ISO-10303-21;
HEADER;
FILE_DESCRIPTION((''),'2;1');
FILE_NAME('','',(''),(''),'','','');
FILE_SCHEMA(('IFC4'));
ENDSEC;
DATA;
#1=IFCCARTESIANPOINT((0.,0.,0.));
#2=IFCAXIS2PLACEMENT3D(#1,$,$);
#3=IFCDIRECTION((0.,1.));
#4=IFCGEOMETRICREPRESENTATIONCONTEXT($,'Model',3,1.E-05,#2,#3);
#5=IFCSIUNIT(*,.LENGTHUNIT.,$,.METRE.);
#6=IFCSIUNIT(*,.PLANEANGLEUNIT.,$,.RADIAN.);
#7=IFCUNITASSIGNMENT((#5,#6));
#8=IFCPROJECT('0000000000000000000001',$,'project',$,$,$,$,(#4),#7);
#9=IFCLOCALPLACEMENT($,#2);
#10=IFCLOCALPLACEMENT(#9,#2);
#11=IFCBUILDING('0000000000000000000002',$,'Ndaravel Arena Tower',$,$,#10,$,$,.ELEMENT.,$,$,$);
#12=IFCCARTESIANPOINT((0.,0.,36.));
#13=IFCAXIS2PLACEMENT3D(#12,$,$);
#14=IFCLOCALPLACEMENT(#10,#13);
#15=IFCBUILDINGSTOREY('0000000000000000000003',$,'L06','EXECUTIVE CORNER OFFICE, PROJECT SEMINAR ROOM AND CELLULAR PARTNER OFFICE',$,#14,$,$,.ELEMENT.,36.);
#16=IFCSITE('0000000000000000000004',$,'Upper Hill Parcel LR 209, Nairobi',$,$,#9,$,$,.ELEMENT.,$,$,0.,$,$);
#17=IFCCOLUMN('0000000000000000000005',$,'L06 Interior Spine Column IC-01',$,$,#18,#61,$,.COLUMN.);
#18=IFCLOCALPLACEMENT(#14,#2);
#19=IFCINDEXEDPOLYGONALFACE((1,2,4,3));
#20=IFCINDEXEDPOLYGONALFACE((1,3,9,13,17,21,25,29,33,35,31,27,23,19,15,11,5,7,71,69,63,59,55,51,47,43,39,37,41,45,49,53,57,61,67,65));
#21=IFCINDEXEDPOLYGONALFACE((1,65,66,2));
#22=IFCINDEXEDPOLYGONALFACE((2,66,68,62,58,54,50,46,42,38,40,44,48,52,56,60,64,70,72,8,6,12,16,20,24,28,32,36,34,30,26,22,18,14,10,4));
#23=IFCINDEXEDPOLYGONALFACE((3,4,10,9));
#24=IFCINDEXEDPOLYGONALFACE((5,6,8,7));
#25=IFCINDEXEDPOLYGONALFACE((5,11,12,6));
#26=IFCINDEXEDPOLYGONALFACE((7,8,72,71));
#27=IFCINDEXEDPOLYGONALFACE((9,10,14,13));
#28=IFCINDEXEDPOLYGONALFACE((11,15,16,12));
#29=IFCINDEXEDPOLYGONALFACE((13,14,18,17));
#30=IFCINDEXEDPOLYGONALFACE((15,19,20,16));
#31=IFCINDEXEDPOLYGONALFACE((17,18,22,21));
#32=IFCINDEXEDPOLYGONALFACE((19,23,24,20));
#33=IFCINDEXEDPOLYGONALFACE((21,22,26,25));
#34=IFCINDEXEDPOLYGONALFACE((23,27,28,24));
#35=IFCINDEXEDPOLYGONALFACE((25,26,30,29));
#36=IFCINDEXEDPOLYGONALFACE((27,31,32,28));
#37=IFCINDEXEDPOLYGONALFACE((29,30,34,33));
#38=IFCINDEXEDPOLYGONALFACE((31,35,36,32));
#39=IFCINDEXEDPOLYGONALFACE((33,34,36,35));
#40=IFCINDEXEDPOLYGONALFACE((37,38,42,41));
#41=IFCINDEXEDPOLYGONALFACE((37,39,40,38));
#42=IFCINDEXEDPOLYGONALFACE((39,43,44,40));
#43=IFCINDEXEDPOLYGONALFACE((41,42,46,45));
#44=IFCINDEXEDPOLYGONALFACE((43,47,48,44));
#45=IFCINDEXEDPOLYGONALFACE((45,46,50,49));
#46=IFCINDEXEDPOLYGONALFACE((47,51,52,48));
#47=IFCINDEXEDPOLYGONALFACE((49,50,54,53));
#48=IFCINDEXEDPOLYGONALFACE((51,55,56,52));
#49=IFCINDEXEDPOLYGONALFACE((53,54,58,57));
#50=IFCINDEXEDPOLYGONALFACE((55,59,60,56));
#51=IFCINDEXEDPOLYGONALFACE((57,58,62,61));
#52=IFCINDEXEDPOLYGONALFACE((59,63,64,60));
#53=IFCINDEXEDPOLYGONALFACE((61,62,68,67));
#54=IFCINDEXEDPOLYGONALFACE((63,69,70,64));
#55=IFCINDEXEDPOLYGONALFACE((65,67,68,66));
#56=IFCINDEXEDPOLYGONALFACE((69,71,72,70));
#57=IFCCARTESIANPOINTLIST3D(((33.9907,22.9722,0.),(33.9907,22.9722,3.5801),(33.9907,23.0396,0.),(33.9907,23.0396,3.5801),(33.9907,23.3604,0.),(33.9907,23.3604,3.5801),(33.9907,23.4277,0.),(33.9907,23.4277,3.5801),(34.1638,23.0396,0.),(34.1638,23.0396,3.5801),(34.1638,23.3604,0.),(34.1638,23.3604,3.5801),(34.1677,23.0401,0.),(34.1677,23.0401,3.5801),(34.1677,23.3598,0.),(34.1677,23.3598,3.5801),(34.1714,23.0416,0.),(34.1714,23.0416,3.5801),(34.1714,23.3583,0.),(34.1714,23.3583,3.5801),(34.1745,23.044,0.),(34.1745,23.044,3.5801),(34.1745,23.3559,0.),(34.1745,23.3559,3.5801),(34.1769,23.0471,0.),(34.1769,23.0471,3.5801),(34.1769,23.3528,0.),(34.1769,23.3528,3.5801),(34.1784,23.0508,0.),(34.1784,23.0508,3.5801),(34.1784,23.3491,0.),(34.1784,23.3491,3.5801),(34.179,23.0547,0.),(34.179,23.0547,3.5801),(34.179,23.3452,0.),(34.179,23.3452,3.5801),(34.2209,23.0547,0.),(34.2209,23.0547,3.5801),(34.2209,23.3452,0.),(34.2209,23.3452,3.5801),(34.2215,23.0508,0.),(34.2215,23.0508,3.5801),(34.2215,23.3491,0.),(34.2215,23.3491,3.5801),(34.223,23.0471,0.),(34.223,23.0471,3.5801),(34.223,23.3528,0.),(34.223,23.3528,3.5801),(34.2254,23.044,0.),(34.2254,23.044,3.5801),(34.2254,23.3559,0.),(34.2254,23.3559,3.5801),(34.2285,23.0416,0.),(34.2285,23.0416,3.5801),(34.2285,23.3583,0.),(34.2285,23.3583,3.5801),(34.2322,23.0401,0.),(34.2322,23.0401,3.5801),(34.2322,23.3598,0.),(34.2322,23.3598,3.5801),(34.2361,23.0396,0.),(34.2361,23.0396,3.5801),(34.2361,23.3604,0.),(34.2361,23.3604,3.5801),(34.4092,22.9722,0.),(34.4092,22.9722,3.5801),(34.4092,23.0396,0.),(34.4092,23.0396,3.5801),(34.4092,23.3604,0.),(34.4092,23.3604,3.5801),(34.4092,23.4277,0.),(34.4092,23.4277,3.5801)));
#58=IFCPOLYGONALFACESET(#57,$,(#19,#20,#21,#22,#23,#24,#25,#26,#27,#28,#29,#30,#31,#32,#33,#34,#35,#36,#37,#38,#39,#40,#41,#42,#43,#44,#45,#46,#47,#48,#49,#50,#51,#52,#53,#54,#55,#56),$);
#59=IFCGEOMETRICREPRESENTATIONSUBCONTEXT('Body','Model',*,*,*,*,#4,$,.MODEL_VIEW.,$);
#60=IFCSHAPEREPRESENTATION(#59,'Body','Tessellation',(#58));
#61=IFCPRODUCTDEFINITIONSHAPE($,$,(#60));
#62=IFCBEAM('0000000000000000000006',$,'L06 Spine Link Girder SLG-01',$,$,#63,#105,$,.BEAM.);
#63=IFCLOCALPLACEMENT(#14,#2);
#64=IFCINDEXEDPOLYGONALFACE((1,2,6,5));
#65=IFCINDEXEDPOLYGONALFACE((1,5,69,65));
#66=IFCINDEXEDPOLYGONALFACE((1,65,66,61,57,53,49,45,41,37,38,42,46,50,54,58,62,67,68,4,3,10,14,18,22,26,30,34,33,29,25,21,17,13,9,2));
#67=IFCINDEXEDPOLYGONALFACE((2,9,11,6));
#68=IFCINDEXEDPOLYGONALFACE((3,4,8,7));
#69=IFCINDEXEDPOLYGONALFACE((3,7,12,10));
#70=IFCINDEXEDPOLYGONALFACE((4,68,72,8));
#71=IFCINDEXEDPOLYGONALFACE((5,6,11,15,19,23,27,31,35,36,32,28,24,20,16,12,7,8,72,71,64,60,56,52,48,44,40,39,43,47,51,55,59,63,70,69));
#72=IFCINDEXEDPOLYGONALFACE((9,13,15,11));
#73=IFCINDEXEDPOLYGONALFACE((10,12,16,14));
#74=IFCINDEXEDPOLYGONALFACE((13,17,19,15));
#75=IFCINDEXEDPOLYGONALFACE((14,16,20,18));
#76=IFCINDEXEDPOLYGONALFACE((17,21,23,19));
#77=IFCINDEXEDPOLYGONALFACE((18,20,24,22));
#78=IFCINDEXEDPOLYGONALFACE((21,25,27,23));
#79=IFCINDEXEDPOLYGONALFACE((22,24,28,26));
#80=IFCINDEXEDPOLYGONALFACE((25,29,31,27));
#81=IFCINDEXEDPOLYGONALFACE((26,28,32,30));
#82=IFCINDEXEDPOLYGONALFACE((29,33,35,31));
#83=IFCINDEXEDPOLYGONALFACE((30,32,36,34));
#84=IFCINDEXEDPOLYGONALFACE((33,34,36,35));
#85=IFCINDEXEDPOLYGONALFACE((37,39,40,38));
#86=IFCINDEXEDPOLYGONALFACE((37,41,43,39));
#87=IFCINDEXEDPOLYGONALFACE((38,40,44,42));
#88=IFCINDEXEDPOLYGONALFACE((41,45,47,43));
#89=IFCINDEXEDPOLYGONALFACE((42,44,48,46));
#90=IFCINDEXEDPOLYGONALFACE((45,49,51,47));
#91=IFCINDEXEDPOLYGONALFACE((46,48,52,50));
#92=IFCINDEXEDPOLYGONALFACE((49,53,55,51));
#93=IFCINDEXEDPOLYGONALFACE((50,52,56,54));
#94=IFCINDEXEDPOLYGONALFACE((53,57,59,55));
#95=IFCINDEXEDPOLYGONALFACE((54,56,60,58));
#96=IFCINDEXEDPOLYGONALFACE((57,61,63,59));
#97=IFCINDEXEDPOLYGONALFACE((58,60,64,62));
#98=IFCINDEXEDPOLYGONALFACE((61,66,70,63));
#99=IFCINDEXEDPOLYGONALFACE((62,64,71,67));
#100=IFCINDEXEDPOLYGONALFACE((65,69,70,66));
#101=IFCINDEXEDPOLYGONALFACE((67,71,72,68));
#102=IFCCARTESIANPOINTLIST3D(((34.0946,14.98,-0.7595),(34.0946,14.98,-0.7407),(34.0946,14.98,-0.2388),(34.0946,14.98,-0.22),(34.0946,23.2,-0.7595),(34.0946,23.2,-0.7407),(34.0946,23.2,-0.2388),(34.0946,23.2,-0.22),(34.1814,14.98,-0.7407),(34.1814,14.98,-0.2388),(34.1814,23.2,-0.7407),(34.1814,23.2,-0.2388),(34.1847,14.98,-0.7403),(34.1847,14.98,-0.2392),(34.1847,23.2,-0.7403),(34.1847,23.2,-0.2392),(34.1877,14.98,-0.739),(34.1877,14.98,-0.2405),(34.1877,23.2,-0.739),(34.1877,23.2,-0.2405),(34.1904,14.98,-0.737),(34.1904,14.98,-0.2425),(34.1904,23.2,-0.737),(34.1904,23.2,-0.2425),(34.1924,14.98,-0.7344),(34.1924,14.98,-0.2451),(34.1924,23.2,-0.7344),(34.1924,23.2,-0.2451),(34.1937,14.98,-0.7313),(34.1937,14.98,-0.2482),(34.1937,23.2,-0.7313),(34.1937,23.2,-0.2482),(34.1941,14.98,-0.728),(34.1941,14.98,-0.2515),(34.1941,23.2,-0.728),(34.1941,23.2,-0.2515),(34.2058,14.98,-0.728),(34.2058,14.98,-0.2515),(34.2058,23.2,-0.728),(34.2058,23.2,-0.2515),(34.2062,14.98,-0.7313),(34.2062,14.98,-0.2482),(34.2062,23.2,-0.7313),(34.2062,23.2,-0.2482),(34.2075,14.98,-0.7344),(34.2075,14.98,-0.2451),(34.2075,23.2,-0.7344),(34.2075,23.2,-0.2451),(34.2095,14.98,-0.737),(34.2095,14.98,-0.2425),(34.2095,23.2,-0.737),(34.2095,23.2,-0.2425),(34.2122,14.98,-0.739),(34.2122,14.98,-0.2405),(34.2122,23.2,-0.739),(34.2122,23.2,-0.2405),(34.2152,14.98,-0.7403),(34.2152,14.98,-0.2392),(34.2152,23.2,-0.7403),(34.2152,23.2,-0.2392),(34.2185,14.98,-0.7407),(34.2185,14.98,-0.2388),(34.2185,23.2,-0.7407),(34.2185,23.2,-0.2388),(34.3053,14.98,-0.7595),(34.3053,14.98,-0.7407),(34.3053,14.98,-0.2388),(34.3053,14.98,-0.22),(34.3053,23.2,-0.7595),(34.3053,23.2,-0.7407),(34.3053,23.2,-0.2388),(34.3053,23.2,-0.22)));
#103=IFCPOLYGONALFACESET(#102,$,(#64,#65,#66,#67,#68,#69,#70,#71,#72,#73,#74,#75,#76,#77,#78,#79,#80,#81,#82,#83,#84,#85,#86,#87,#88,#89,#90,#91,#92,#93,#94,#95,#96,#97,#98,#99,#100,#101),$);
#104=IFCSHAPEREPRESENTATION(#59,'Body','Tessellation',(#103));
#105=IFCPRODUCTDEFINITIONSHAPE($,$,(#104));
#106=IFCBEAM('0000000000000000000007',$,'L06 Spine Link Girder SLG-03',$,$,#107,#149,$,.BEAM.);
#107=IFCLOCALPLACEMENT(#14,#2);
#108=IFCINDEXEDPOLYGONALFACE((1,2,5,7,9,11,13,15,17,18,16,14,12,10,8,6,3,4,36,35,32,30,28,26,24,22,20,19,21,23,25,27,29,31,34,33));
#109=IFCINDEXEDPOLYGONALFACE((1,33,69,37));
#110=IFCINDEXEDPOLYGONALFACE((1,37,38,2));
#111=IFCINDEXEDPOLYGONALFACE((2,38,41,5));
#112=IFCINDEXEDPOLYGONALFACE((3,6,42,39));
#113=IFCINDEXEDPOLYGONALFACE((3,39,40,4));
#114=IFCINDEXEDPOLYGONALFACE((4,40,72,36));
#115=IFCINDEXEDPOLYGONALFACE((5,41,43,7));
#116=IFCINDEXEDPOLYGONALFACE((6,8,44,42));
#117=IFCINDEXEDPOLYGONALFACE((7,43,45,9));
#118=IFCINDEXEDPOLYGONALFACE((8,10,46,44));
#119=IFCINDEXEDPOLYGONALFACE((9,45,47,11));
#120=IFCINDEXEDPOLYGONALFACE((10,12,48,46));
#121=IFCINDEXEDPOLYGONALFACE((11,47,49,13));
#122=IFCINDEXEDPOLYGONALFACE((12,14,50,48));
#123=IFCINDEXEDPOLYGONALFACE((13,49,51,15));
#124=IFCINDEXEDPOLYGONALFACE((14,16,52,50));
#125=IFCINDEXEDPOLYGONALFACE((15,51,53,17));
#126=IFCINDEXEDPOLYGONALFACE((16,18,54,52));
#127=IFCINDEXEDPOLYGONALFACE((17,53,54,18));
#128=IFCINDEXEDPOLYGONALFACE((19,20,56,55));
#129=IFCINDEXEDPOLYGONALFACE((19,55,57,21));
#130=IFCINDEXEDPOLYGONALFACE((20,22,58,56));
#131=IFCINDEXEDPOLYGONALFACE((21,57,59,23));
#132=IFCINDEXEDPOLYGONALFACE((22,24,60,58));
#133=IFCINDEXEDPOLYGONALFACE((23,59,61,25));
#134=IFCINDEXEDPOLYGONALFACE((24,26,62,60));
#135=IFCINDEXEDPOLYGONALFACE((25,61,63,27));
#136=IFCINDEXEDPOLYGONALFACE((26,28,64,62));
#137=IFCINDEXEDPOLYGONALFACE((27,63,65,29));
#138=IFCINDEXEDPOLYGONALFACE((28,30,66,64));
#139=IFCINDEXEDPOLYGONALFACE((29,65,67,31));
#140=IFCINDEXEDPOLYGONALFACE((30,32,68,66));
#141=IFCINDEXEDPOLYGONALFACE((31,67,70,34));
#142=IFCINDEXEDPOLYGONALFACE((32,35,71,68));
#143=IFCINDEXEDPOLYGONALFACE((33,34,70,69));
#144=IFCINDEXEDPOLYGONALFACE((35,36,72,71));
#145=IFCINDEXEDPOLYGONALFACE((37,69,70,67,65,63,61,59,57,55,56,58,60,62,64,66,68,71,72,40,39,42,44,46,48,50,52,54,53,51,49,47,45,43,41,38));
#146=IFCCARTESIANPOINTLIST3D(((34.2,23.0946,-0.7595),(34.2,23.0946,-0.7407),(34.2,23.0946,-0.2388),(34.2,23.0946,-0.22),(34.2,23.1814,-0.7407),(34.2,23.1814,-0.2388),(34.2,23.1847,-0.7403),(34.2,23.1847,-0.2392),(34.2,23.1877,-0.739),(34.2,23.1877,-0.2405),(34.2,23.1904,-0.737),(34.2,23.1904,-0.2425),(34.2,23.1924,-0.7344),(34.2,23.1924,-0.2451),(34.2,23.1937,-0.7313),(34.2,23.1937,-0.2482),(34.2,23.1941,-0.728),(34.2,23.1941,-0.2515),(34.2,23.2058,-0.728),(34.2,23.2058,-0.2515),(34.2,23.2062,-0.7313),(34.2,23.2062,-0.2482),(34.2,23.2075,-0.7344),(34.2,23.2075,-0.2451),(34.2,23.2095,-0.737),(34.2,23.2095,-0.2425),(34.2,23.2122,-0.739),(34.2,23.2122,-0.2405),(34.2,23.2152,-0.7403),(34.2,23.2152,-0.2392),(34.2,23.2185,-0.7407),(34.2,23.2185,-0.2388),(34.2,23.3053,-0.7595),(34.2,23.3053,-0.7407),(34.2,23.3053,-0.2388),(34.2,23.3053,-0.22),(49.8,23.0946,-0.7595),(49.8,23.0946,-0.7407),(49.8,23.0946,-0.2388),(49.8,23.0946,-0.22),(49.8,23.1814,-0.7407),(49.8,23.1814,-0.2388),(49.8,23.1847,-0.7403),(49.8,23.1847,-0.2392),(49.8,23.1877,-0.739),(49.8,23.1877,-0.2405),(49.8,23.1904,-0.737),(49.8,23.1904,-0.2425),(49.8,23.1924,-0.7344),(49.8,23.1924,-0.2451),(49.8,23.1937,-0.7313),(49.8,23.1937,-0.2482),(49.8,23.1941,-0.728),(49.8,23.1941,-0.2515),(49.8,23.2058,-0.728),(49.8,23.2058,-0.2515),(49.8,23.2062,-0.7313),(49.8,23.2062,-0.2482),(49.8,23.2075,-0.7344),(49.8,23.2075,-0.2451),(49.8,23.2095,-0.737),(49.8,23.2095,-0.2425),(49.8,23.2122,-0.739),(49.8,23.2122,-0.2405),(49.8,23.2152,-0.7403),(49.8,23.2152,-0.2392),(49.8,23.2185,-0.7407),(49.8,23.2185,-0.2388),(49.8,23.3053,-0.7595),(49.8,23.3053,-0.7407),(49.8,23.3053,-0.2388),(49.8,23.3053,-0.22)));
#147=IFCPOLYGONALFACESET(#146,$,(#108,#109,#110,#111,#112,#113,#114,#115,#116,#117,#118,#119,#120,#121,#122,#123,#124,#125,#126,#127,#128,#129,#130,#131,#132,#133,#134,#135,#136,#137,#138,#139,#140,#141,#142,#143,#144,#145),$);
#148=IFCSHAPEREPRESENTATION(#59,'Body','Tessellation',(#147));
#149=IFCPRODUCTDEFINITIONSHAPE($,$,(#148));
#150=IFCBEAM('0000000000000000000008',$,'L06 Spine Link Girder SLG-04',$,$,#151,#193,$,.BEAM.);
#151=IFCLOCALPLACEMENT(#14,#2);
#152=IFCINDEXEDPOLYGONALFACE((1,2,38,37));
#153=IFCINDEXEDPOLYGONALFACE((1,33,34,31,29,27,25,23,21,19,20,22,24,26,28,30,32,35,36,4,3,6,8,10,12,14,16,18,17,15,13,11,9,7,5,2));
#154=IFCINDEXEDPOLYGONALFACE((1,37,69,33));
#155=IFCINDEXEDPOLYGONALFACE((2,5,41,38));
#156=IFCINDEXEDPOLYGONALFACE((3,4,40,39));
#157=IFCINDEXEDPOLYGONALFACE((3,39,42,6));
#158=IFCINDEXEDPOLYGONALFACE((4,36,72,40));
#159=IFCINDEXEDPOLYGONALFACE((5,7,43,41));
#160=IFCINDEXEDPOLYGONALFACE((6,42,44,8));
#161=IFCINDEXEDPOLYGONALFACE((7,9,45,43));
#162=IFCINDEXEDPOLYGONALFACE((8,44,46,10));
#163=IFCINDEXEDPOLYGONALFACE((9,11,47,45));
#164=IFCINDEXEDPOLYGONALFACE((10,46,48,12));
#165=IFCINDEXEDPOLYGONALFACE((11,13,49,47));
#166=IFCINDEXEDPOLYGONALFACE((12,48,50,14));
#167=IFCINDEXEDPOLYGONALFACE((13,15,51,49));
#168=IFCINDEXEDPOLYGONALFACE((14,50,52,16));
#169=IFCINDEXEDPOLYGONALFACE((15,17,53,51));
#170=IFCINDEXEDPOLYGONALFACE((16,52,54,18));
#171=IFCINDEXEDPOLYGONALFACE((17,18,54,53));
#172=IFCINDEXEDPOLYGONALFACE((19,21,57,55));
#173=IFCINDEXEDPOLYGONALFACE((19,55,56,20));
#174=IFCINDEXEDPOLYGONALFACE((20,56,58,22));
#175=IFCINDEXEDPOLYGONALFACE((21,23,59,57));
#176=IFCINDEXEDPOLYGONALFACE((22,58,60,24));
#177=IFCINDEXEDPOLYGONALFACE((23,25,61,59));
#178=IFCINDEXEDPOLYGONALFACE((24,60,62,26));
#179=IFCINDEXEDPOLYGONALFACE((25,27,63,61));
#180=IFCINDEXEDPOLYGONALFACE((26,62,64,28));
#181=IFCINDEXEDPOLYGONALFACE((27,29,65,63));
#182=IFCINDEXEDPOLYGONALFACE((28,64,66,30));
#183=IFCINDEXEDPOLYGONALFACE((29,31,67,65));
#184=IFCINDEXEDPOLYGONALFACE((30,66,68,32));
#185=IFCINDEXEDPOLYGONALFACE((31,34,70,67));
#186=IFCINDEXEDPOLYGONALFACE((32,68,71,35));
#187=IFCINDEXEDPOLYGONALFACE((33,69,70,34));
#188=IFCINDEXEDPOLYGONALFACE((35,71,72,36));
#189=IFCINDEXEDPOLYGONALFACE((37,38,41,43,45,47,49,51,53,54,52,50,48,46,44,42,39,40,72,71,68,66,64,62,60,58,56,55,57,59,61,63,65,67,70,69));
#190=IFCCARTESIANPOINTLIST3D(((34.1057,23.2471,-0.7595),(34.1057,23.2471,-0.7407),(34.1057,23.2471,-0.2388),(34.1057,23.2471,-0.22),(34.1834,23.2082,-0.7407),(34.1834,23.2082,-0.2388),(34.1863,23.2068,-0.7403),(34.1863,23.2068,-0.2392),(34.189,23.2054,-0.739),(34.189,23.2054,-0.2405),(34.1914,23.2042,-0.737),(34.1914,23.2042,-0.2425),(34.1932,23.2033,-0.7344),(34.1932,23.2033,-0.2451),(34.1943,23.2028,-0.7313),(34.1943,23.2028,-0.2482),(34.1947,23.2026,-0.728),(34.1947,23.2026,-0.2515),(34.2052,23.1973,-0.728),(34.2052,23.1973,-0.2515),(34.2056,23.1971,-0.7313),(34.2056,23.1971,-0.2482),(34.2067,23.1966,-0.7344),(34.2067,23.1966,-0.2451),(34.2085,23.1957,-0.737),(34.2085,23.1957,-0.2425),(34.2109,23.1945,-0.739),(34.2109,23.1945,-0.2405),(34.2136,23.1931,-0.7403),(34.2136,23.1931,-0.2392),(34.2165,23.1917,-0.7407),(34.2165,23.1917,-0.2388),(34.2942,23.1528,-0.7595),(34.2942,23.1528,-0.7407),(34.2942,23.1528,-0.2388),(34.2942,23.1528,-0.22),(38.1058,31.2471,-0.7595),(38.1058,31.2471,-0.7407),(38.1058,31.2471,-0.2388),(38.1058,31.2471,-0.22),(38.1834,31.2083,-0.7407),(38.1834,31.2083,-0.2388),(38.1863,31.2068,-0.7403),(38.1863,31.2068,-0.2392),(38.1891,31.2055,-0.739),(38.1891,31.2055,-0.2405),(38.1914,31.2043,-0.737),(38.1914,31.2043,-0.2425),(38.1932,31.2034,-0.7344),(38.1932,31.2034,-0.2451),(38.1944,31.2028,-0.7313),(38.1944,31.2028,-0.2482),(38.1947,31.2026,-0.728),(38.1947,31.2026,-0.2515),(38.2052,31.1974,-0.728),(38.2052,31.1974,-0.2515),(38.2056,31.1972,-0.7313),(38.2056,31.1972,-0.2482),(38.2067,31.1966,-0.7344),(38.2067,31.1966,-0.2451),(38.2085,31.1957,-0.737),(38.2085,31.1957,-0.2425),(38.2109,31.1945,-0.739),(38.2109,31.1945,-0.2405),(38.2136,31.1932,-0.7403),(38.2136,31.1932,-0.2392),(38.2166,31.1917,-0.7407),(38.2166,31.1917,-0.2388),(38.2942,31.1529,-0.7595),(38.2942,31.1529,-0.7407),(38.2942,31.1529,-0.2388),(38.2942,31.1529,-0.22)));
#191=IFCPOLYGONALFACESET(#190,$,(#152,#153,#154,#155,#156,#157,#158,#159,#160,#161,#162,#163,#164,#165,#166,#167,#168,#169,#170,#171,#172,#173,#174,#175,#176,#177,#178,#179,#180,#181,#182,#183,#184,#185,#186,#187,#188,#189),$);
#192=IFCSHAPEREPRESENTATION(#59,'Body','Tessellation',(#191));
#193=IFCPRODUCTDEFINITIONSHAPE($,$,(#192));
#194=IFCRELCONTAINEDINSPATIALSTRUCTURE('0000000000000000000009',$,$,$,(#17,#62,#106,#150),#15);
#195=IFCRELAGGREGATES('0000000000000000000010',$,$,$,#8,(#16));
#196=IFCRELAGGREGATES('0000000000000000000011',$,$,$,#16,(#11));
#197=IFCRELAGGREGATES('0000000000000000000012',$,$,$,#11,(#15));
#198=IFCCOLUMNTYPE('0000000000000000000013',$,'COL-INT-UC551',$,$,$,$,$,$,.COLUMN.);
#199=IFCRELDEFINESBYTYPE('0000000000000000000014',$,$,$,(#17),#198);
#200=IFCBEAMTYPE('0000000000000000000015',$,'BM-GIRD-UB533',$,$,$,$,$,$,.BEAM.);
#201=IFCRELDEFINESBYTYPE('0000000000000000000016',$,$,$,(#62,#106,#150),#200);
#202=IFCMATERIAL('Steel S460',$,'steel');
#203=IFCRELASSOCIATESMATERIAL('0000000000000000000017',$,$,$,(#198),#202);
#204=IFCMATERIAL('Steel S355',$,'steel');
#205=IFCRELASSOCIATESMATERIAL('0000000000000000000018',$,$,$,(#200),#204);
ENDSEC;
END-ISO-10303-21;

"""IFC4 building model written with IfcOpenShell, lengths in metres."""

from ifc_helpers import new_model, si_unit, direction, frame, origin, origin_2d, place, context, subcontext, project, spatial, i_section, extrude, material, material_profile, profile_set, type_object, element, save


model = new_model("IFC4")

# Units and contexts
model_context = context("Model", 3, precision=1e-05, world=origin(), true_north=direction((0.0, 1.0)))
body_context = subcontext(model_context, "Body", "Model", "MODEL_VIEW")
ifc_project = project(units=[si_unit("LENGTHUNIT", "METRE"), si_unit("PLANEANGLEUNIT", "RADIAN")], contexts=[model_context])

# Site, building, storey
site_placement = place(None, origin())
site = spatial("IfcSite", under=ifc_project, at=site_placement, Name="Upper Hill Parcel LR 209, Nairobi", CompositionType="ELEMENT", RefElevation=0.0)
building_placement = place(site_placement, origin())
building = spatial("IfcBuilding", under=site, at=building_placement, Name="Ndaravel Arena Tower", CompositionType="ELEMENT")
storey_placement = place(building_placement, frame((0.0, 0.0, 36.0)))
storey = spatial("IfcBuildingStorey", under=building, at=storey_placement, Name="L06", Description="EXECUTIVE CORNER OFFICE, PROJECT SEMINAR ROOM AND CELLULAR PARTNER OFFICE", CompositionType="ELEMENT", Elevation=36.0)

# Column
ifc_material_1 = material(Name="Steel S460", Category="steel")
ifc_material_profile_1 = material_profile(ifc_material_1, i_section(OverallWidth=0.4185, OverallDepth=0.4556, WebThickness=0.042, FlangeThickness=0.0674, FilletRadius=0.0151, at=origin_2d()), Name="UC 356x406x551")
ifc_profile_set_1 = profile_set([ifc_material_profile_1], Name="Steel S460")
column_type = type_object("IfcColumnType", Name="COL-INT-UC551", PredefinedType="COLUMN", material=ifc_profile_set_1)
column_placement = place(storey_placement, frame((34.2, 23.2, 0.0), z_axis=(0.0, 0.0, 1.0), x_axis=(1.0, 0.0, 0.0)))
element("IfcColumn", 1, at=column_placement, inside=storey, type_object=column_type, Name="L06 Interior Spine Column IC-01", PredefinedType="COLUMN", context=body_context, shape_type="SweptSolid", body=[
    extrude(i_section(OverallWidth=0.4185, OverallDepth=0.4556, WebThickness=0.042, FlangeThickness=0.0674, FilletRadius=0.0151, at=origin_2d()), origin(), (0.0, 0.0, 1.0), 3.5801),
])

# Beams
ifc_material_2 = material(Name="Steel S355", Category="steel")
ifc_material_profile_2 = material_profile(ifc_material_2, i_section(OverallWidth=0.2107, OverallDepth=0.5396, WebThickness=0.0117, FlangeThickness=0.0188, FilletRadius=0.0127, at=origin_2d()), Name="UB 533x210x109")
ifc_profile_set_2 = profile_set([ifc_material_profile_2], Name="Steel S355")
beam_type_1 = type_object("IfcBeamType", Name="BM-GIRD-UB533", PredefinedType="BEAM", material=ifc_profile_set_2)
beam_1_placement = place(storey_placement, frame((34.2, 14.98, -0.4897), z_axis=(0.0, 1.0, 0.0), x_axis=(-1.0, 0.0, 0.0)))
element("IfcBeam", 2, at=beam_1_placement, inside=storey, type_object=beam_type_1, Name="L06 Spine Link Girder SLG-01", PredefinedType="BEAM", context=body_context, shape_type="SweptSolid", body=[
    extrude(i_section(OverallWidth=0.2107, OverallDepth=0.5396, WebThickness=0.0117, FlangeThickness=0.0188, FilletRadius=0.0127, at=origin_2d()), origin(), (0.0, 0.0, 1.0), 8.22),
])
beam_2_placement = place(storey_placement, frame((34.2, 23.2, -0.4897), z_axis=(1.0, 0.0, 0.0), x_axis=(0.0, 1.0, 0.0)))
element("IfcBeam", 3, at=beam_2_placement, inside=storey, type_object=beam_type_1, Name="L06 Spine Link Girder SLG-03", PredefinedType="BEAM", context=body_context, shape_type="SweptSolid", body=[
    extrude(i_section(OverallWidth=0.2107, OverallDepth=0.5396, WebThickness=0.0117, FlangeThickness=0.0188, FilletRadius=0.0127, at=origin_2d()), origin(), (0.0, 0.0, 1.0), 15.6001),
])
beam_3_placement = place(storey_placement, frame((34.2, 23.2, -0.4897), z_axis=(0.447214, 0.894427, 0.0), x_axis=(-0.894427, 0.447214, 0.0)))
element("IfcBeam", 4, at=beam_3_placement, inside=storey, type_object=beam_type_1, Name="L06 Spine Link Girder SLG-04", PredefinedType="BEAM", context=body_context, shape_type="SweptSolid", body=[
    extrude(i_section(OverallWidth=0.2107, OverallDepth=0.5396, WebThickness=0.0117, FlangeThickness=0.0188, FilletRadius=0.0127, at=origin_2d()), origin(), (0.0, 0.0, 1.0), 8.9443),
])

save(model, "model.ifc")
